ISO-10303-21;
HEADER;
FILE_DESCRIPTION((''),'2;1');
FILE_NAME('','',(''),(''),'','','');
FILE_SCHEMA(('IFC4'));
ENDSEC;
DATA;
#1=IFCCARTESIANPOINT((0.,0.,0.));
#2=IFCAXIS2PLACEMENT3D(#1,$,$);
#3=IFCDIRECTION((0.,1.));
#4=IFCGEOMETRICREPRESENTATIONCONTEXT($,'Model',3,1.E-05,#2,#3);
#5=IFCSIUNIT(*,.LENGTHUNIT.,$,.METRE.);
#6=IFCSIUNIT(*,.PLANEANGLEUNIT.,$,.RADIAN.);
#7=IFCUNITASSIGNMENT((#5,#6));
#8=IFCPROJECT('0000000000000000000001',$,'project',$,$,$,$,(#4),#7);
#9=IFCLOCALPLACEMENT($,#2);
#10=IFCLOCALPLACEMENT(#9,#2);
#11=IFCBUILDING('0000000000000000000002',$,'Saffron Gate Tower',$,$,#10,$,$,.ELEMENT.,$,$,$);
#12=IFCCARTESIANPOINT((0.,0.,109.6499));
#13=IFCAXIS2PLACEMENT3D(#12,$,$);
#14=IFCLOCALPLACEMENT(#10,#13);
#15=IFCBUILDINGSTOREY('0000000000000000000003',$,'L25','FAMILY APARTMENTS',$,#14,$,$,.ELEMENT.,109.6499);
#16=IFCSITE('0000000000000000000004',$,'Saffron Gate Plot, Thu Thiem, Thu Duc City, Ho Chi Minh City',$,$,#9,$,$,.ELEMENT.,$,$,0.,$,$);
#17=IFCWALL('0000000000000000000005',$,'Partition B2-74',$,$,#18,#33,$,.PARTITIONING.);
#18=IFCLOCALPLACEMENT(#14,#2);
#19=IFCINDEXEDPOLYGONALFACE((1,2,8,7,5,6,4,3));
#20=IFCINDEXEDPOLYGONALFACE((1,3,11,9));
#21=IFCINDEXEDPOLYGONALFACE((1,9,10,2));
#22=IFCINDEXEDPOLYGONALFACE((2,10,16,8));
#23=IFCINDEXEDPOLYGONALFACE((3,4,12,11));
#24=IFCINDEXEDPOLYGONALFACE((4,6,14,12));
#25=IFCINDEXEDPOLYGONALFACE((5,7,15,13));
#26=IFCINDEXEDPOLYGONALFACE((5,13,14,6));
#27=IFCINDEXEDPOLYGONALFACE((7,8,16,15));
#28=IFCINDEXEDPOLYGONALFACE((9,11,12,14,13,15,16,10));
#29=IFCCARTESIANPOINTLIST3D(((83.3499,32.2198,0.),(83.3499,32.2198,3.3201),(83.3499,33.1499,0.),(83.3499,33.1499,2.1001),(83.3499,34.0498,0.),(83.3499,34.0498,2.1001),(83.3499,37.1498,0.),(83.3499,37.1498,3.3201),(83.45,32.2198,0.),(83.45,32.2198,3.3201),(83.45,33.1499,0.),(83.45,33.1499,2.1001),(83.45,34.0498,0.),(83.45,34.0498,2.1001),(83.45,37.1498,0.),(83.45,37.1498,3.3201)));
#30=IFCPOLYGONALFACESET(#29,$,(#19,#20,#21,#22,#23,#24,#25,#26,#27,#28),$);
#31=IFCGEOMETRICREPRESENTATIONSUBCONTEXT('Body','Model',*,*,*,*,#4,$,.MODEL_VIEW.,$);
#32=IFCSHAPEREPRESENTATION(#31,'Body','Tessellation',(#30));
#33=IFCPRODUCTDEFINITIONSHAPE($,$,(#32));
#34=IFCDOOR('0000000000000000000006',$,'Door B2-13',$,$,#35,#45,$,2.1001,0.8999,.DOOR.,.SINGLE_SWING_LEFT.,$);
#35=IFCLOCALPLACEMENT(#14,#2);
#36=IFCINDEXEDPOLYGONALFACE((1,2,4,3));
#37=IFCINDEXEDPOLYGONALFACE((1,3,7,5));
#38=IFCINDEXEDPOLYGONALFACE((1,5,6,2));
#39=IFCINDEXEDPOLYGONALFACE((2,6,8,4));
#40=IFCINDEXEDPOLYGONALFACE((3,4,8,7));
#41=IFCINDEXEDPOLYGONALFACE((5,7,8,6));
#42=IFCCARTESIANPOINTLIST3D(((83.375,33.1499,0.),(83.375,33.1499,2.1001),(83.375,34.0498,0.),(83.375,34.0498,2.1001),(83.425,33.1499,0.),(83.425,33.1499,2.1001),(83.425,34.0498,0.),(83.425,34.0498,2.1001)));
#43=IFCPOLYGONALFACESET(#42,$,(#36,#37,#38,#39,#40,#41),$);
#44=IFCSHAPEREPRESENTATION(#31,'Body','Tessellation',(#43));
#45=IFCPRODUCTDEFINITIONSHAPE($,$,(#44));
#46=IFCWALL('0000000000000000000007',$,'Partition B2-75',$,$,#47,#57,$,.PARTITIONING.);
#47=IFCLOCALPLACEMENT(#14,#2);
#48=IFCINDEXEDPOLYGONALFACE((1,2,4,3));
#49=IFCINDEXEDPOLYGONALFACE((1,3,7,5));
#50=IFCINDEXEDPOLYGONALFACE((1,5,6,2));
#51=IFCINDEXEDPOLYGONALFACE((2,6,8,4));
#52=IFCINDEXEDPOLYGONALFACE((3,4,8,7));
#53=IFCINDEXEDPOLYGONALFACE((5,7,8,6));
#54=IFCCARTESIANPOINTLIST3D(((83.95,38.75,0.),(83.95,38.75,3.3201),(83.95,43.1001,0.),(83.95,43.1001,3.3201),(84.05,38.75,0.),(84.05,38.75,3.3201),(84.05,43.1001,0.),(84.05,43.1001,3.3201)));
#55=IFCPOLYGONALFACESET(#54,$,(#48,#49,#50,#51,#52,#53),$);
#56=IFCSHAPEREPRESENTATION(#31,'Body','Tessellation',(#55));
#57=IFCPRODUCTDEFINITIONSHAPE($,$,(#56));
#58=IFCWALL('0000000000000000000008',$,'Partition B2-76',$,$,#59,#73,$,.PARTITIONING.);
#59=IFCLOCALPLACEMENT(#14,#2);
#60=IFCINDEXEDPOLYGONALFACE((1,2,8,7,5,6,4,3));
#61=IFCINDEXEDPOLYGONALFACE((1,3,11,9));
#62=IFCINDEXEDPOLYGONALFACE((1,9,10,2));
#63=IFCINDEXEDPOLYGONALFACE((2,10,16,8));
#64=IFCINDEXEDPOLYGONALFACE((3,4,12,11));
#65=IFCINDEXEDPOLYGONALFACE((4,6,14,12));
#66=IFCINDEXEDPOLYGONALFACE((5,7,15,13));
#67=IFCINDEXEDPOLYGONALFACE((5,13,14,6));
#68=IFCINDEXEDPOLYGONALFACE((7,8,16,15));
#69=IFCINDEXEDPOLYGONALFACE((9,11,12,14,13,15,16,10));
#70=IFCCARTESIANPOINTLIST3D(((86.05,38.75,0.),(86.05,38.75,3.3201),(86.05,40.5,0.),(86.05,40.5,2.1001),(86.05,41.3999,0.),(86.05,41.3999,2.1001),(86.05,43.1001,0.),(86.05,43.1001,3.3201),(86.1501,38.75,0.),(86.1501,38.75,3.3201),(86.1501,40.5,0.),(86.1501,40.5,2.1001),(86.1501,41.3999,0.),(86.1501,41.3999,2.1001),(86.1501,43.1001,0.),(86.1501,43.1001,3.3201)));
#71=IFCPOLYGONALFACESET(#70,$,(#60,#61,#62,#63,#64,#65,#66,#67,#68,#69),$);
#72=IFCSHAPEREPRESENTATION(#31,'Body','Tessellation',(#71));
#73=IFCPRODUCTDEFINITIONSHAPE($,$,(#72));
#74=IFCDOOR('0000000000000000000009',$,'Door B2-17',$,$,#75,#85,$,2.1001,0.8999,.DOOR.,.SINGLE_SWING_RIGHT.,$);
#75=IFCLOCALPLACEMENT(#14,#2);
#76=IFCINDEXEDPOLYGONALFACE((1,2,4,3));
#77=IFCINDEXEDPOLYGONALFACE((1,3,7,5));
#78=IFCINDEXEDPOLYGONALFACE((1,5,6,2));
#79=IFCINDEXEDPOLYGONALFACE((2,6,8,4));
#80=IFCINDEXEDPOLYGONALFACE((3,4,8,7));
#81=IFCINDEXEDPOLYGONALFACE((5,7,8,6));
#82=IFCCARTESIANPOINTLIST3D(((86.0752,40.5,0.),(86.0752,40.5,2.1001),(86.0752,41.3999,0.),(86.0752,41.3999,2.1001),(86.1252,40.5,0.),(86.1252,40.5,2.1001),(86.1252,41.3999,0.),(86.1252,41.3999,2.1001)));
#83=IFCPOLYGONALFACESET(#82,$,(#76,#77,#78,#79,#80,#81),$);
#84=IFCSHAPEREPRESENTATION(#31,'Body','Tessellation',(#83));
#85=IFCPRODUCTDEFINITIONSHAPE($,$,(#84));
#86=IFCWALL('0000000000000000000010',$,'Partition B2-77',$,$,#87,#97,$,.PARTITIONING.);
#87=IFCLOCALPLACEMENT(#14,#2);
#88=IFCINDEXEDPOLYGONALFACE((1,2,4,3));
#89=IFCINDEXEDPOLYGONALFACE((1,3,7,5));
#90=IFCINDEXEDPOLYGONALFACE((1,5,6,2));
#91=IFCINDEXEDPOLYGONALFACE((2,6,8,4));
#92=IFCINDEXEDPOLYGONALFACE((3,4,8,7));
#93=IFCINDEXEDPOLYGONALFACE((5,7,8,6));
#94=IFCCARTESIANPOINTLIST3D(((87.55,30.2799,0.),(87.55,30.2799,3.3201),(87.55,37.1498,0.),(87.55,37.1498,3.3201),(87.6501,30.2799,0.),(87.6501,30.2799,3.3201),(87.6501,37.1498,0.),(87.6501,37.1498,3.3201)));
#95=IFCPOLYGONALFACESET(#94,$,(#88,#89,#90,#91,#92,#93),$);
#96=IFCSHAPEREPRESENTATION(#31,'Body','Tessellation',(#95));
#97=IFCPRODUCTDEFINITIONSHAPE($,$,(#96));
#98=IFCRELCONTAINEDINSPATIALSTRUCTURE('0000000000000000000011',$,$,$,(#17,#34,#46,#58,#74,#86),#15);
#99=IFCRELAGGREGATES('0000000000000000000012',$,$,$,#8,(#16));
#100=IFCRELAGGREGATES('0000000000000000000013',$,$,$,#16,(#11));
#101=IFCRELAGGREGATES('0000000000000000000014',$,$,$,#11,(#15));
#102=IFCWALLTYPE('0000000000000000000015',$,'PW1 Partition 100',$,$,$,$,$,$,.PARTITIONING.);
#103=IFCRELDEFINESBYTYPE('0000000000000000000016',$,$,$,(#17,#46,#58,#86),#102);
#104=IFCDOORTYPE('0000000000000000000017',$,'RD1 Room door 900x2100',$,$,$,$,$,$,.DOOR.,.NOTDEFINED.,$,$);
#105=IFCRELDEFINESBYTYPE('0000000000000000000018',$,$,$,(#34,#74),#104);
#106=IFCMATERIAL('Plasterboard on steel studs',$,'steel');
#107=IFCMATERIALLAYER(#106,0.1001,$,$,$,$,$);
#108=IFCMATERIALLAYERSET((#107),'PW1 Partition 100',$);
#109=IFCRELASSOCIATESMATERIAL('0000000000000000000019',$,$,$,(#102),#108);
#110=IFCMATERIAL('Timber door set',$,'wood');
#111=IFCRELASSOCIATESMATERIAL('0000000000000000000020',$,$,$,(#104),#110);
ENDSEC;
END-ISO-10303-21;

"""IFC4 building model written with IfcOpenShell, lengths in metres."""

from ifc_helpers import new_model, si_unit, direction, frame, frame_2d, origin, place, context, subcontext, project, spatial, rectangle, extrude, material, layer, layer_set, type_object, element, fill, save


model = new_model("IFC4")

# Units and contexts
model_context = context("Model", 3, precision=1e-05, world=origin(), true_north=direction((0.0, 1.0)))
body_context = subcontext(model_context, "Body", "Model", "MODEL_VIEW")
ifc_project = project(units=[si_unit("LENGTHUNIT", "METRE"), si_unit("PLANEANGLEUNIT", "RADIAN")], contexts=[model_context])

# Site, building, storey
site_placement = place(None, origin())
site = spatial("IfcSite", under=ifc_project, at=site_placement, Name="Saffron Gate Plot, Thu Thiem, Thu Duc City, Ho Chi Minh City", CompositionType="ELEMENT", RefElevation=0.0)
building_placement = place(site_placement, origin())
building = spatial("IfcBuilding", under=site, at=building_placement, Name="Saffron Gate Tower", CompositionType="ELEMENT")
storey_placement = place(building_placement, frame((0.0, 0.0, 109.6499)))
storey = spatial("IfcBuildingStorey", under=building, at=storey_placement, Name="L25", Description="FAMILY APARTMENTS", CompositionType="ELEMENT", Elevation=109.6499)

# Shared definitions
ifc_material_1 = material(Name="Plasterboard on steel studs", Category="steel")
ifc_layer = layer(ifc_material_1, 0.1001)
ifc_layer_set = layer_set([ifc_layer], Name="PW1 Partition 100")
wall_type = type_object("IfcWallType", Name="PW1 Partition 100", PredefinedType="PARTITIONING", material=ifc_layer_set)

# Wall, opening, door
wall_1_placement = place(storey_placement, frame((83.3999, 32.22, 0.0), z_axis=(0.0, 0.0, 1.0), x_axis=(0.0, 1.0, 0.0)))
wall_1 = element("IfcWall", 1, at=wall_1_placement, inside=storey, type_object=wall_type, Name="Partition B2-74", PredefinedType="PARTITIONING", context=body_context, shape_type="SweptSolid", body=[
    extrude(rectangle(XDim=4.9299, YDim=0.1001, at=frame_2d((2.4648, 0.0))), origin(), (0.0, 0.0, 1.0), 3.3201),
])
opening_1_placement = place(wall_1_placement, frame((0.9299, 0.0, 0.0)))
opening_1 = element("IfcOpeningElement", 2, at=opening_1_placement, cuts=wall_1, PredefinedType="OPENING", context=body_context, shape_type="SweptSolid", body=[
    extrude(rectangle(XDim=0.8999, YDim=2.1001, at=frame_2d((0.45, 1.05))), frame((0.0, 0.0601, 0.0), z_axis=(0.0, -1.0, 0.0), x_axis=(1.0, 0.0, 0.0)), (0.0, 0.0, 1.0), 0.1201),
])
ifc_material_2 = material(Name="Timber door set", Category="wood")
door_type = type_object("IfcDoorType", Name="RD1 Room door 900x2100", OperationType="NOTDEFINED", PredefinedType="DOOR", material=ifc_material_2)
door_1_placement = place(opening_1_placement, origin())
door_1 = element("IfcDoor", 3, at=door_1_placement, inside=storey, type_object=door_type, Name="Door B2-13", OperationType="SINGLE_SWING_LEFT", OverallHeight=2.1001, OverallWidth=0.8999, PredefinedType="DOOR", context=body_context, shape_type="SweptSolid", body=[
    extrude(rectangle(XDim=0.8999, YDim=2.1001, at=frame_2d((0.45, 1.05))), frame((0.0, 0.0249, 0.0), z_axis=(0.0, -1.0, 0.0), x_axis=(1.0, 0.0, 0.0)), (0.0, 0.0, 1.0), 0.05),
])
fill(opening_1, door_1)

# Wall
wall_2_placement = place(storey_placement, frame((84.0, 43.1001, 0.0), z_axis=(0.0, 0.0, 1.0), x_axis=(0.0, -1.0, 0.0)))
element("IfcWall", 4, at=wall_2_placement, inside=storey, type_object=wall_type, Name="Partition B2-75", PredefinedType="PARTITIONING", context=body_context, shape_type="SweptSolid", body=[
    extrude(rectangle(XDim=4.3501, YDim=0.1001, at=frame_2d((2.175, 0.0))), origin(), (0.0, 0.0, 1.0), 3.3201),
])

# Wall, opening, door
wall_3_placement = place(storey_placement, frame((86.1001, 38.75, 0.0), z_axis=(0.0, 0.0, 1.0), x_axis=(0.0, 1.0, 0.0)))
wall_3 = element("IfcWall", 5, at=wall_3_placement, inside=storey, type_object=wall_type, Name="Partition B2-76", PredefinedType="PARTITIONING", context=body_context, shape_type="SweptSolid", body=[
    extrude(rectangle(XDim=4.3501, YDim=0.1001, at=frame_2d((2.175, 0.0))), origin(), (0.0, 0.0, 1.0), 3.3201),
])
opening_2_placement = place(wall_3_placement, frame((1.75, 0.0, 0.0)))
opening_2 = element("IfcOpeningElement", 6, at=opening_2_placement, cuts=wall_3, PredefinedType="OPENING", context=body_context, shape_type="SweptSolid", body=[
    extrude(rectangle(XDim=0.8999, YDim=2.1001, at=frame_2d((0.45, 1.05))), frame((0.0, 0.0601, 0.0), z_axis=(0.0, -1.0, 0.0), x_axis=(1.0, 0.0, 0.0)), (0.0, 0.0, 1.0), 0.1201),
])
door_2_placement = place(opening_2_placement, origin())
door_2 = element("IfcDoor", 7, at=door_2_placement, inside=storey, type_object=door_type, Name="Door B2-17", OperationType="SINGLE_SWING_RIGHT", OverallHeight=2.1001, OverallWidth=0.8999, PredefinedType="DOOR", context=body_context, shape_type="SweptSolid", body=[
    extrude(rectangle(XDim=0.8999, YDim=2.1001, at=frame_2d((0.45, 1.05))), frame((0.0, 0.0249, 0.0), z_axis=(0.0, -1.0, 0.0), x_axis=(1.0, 0.0, 0.0)), (0.0, 0.0, 1.0), 0.05),
])
fill(opening_2, door_2)

# Wall
wall_4_placement = place(storey_placement, frame((87.6001, 37.1499, 0.0), z_axis=(0.0, 0.0, 1.0), x_axis=(0.0, -1.0, 0.0)))
element("IfcWall", 8, at=wall_4_placement, inside=storey, type_object=wall_type, Name="Partition B2-77", PredefinedType="PARTITIONING", context=body_context, shape_type="SweptSolid", body=[
    extrude(rectangle(XDim=6.8699, YDim=0.1001, at=frame_2d((3.4351, 0.0))), origin(), (0.0, 0.0, 1.0), 3.3201),
])

save(model, "model.ifc")
